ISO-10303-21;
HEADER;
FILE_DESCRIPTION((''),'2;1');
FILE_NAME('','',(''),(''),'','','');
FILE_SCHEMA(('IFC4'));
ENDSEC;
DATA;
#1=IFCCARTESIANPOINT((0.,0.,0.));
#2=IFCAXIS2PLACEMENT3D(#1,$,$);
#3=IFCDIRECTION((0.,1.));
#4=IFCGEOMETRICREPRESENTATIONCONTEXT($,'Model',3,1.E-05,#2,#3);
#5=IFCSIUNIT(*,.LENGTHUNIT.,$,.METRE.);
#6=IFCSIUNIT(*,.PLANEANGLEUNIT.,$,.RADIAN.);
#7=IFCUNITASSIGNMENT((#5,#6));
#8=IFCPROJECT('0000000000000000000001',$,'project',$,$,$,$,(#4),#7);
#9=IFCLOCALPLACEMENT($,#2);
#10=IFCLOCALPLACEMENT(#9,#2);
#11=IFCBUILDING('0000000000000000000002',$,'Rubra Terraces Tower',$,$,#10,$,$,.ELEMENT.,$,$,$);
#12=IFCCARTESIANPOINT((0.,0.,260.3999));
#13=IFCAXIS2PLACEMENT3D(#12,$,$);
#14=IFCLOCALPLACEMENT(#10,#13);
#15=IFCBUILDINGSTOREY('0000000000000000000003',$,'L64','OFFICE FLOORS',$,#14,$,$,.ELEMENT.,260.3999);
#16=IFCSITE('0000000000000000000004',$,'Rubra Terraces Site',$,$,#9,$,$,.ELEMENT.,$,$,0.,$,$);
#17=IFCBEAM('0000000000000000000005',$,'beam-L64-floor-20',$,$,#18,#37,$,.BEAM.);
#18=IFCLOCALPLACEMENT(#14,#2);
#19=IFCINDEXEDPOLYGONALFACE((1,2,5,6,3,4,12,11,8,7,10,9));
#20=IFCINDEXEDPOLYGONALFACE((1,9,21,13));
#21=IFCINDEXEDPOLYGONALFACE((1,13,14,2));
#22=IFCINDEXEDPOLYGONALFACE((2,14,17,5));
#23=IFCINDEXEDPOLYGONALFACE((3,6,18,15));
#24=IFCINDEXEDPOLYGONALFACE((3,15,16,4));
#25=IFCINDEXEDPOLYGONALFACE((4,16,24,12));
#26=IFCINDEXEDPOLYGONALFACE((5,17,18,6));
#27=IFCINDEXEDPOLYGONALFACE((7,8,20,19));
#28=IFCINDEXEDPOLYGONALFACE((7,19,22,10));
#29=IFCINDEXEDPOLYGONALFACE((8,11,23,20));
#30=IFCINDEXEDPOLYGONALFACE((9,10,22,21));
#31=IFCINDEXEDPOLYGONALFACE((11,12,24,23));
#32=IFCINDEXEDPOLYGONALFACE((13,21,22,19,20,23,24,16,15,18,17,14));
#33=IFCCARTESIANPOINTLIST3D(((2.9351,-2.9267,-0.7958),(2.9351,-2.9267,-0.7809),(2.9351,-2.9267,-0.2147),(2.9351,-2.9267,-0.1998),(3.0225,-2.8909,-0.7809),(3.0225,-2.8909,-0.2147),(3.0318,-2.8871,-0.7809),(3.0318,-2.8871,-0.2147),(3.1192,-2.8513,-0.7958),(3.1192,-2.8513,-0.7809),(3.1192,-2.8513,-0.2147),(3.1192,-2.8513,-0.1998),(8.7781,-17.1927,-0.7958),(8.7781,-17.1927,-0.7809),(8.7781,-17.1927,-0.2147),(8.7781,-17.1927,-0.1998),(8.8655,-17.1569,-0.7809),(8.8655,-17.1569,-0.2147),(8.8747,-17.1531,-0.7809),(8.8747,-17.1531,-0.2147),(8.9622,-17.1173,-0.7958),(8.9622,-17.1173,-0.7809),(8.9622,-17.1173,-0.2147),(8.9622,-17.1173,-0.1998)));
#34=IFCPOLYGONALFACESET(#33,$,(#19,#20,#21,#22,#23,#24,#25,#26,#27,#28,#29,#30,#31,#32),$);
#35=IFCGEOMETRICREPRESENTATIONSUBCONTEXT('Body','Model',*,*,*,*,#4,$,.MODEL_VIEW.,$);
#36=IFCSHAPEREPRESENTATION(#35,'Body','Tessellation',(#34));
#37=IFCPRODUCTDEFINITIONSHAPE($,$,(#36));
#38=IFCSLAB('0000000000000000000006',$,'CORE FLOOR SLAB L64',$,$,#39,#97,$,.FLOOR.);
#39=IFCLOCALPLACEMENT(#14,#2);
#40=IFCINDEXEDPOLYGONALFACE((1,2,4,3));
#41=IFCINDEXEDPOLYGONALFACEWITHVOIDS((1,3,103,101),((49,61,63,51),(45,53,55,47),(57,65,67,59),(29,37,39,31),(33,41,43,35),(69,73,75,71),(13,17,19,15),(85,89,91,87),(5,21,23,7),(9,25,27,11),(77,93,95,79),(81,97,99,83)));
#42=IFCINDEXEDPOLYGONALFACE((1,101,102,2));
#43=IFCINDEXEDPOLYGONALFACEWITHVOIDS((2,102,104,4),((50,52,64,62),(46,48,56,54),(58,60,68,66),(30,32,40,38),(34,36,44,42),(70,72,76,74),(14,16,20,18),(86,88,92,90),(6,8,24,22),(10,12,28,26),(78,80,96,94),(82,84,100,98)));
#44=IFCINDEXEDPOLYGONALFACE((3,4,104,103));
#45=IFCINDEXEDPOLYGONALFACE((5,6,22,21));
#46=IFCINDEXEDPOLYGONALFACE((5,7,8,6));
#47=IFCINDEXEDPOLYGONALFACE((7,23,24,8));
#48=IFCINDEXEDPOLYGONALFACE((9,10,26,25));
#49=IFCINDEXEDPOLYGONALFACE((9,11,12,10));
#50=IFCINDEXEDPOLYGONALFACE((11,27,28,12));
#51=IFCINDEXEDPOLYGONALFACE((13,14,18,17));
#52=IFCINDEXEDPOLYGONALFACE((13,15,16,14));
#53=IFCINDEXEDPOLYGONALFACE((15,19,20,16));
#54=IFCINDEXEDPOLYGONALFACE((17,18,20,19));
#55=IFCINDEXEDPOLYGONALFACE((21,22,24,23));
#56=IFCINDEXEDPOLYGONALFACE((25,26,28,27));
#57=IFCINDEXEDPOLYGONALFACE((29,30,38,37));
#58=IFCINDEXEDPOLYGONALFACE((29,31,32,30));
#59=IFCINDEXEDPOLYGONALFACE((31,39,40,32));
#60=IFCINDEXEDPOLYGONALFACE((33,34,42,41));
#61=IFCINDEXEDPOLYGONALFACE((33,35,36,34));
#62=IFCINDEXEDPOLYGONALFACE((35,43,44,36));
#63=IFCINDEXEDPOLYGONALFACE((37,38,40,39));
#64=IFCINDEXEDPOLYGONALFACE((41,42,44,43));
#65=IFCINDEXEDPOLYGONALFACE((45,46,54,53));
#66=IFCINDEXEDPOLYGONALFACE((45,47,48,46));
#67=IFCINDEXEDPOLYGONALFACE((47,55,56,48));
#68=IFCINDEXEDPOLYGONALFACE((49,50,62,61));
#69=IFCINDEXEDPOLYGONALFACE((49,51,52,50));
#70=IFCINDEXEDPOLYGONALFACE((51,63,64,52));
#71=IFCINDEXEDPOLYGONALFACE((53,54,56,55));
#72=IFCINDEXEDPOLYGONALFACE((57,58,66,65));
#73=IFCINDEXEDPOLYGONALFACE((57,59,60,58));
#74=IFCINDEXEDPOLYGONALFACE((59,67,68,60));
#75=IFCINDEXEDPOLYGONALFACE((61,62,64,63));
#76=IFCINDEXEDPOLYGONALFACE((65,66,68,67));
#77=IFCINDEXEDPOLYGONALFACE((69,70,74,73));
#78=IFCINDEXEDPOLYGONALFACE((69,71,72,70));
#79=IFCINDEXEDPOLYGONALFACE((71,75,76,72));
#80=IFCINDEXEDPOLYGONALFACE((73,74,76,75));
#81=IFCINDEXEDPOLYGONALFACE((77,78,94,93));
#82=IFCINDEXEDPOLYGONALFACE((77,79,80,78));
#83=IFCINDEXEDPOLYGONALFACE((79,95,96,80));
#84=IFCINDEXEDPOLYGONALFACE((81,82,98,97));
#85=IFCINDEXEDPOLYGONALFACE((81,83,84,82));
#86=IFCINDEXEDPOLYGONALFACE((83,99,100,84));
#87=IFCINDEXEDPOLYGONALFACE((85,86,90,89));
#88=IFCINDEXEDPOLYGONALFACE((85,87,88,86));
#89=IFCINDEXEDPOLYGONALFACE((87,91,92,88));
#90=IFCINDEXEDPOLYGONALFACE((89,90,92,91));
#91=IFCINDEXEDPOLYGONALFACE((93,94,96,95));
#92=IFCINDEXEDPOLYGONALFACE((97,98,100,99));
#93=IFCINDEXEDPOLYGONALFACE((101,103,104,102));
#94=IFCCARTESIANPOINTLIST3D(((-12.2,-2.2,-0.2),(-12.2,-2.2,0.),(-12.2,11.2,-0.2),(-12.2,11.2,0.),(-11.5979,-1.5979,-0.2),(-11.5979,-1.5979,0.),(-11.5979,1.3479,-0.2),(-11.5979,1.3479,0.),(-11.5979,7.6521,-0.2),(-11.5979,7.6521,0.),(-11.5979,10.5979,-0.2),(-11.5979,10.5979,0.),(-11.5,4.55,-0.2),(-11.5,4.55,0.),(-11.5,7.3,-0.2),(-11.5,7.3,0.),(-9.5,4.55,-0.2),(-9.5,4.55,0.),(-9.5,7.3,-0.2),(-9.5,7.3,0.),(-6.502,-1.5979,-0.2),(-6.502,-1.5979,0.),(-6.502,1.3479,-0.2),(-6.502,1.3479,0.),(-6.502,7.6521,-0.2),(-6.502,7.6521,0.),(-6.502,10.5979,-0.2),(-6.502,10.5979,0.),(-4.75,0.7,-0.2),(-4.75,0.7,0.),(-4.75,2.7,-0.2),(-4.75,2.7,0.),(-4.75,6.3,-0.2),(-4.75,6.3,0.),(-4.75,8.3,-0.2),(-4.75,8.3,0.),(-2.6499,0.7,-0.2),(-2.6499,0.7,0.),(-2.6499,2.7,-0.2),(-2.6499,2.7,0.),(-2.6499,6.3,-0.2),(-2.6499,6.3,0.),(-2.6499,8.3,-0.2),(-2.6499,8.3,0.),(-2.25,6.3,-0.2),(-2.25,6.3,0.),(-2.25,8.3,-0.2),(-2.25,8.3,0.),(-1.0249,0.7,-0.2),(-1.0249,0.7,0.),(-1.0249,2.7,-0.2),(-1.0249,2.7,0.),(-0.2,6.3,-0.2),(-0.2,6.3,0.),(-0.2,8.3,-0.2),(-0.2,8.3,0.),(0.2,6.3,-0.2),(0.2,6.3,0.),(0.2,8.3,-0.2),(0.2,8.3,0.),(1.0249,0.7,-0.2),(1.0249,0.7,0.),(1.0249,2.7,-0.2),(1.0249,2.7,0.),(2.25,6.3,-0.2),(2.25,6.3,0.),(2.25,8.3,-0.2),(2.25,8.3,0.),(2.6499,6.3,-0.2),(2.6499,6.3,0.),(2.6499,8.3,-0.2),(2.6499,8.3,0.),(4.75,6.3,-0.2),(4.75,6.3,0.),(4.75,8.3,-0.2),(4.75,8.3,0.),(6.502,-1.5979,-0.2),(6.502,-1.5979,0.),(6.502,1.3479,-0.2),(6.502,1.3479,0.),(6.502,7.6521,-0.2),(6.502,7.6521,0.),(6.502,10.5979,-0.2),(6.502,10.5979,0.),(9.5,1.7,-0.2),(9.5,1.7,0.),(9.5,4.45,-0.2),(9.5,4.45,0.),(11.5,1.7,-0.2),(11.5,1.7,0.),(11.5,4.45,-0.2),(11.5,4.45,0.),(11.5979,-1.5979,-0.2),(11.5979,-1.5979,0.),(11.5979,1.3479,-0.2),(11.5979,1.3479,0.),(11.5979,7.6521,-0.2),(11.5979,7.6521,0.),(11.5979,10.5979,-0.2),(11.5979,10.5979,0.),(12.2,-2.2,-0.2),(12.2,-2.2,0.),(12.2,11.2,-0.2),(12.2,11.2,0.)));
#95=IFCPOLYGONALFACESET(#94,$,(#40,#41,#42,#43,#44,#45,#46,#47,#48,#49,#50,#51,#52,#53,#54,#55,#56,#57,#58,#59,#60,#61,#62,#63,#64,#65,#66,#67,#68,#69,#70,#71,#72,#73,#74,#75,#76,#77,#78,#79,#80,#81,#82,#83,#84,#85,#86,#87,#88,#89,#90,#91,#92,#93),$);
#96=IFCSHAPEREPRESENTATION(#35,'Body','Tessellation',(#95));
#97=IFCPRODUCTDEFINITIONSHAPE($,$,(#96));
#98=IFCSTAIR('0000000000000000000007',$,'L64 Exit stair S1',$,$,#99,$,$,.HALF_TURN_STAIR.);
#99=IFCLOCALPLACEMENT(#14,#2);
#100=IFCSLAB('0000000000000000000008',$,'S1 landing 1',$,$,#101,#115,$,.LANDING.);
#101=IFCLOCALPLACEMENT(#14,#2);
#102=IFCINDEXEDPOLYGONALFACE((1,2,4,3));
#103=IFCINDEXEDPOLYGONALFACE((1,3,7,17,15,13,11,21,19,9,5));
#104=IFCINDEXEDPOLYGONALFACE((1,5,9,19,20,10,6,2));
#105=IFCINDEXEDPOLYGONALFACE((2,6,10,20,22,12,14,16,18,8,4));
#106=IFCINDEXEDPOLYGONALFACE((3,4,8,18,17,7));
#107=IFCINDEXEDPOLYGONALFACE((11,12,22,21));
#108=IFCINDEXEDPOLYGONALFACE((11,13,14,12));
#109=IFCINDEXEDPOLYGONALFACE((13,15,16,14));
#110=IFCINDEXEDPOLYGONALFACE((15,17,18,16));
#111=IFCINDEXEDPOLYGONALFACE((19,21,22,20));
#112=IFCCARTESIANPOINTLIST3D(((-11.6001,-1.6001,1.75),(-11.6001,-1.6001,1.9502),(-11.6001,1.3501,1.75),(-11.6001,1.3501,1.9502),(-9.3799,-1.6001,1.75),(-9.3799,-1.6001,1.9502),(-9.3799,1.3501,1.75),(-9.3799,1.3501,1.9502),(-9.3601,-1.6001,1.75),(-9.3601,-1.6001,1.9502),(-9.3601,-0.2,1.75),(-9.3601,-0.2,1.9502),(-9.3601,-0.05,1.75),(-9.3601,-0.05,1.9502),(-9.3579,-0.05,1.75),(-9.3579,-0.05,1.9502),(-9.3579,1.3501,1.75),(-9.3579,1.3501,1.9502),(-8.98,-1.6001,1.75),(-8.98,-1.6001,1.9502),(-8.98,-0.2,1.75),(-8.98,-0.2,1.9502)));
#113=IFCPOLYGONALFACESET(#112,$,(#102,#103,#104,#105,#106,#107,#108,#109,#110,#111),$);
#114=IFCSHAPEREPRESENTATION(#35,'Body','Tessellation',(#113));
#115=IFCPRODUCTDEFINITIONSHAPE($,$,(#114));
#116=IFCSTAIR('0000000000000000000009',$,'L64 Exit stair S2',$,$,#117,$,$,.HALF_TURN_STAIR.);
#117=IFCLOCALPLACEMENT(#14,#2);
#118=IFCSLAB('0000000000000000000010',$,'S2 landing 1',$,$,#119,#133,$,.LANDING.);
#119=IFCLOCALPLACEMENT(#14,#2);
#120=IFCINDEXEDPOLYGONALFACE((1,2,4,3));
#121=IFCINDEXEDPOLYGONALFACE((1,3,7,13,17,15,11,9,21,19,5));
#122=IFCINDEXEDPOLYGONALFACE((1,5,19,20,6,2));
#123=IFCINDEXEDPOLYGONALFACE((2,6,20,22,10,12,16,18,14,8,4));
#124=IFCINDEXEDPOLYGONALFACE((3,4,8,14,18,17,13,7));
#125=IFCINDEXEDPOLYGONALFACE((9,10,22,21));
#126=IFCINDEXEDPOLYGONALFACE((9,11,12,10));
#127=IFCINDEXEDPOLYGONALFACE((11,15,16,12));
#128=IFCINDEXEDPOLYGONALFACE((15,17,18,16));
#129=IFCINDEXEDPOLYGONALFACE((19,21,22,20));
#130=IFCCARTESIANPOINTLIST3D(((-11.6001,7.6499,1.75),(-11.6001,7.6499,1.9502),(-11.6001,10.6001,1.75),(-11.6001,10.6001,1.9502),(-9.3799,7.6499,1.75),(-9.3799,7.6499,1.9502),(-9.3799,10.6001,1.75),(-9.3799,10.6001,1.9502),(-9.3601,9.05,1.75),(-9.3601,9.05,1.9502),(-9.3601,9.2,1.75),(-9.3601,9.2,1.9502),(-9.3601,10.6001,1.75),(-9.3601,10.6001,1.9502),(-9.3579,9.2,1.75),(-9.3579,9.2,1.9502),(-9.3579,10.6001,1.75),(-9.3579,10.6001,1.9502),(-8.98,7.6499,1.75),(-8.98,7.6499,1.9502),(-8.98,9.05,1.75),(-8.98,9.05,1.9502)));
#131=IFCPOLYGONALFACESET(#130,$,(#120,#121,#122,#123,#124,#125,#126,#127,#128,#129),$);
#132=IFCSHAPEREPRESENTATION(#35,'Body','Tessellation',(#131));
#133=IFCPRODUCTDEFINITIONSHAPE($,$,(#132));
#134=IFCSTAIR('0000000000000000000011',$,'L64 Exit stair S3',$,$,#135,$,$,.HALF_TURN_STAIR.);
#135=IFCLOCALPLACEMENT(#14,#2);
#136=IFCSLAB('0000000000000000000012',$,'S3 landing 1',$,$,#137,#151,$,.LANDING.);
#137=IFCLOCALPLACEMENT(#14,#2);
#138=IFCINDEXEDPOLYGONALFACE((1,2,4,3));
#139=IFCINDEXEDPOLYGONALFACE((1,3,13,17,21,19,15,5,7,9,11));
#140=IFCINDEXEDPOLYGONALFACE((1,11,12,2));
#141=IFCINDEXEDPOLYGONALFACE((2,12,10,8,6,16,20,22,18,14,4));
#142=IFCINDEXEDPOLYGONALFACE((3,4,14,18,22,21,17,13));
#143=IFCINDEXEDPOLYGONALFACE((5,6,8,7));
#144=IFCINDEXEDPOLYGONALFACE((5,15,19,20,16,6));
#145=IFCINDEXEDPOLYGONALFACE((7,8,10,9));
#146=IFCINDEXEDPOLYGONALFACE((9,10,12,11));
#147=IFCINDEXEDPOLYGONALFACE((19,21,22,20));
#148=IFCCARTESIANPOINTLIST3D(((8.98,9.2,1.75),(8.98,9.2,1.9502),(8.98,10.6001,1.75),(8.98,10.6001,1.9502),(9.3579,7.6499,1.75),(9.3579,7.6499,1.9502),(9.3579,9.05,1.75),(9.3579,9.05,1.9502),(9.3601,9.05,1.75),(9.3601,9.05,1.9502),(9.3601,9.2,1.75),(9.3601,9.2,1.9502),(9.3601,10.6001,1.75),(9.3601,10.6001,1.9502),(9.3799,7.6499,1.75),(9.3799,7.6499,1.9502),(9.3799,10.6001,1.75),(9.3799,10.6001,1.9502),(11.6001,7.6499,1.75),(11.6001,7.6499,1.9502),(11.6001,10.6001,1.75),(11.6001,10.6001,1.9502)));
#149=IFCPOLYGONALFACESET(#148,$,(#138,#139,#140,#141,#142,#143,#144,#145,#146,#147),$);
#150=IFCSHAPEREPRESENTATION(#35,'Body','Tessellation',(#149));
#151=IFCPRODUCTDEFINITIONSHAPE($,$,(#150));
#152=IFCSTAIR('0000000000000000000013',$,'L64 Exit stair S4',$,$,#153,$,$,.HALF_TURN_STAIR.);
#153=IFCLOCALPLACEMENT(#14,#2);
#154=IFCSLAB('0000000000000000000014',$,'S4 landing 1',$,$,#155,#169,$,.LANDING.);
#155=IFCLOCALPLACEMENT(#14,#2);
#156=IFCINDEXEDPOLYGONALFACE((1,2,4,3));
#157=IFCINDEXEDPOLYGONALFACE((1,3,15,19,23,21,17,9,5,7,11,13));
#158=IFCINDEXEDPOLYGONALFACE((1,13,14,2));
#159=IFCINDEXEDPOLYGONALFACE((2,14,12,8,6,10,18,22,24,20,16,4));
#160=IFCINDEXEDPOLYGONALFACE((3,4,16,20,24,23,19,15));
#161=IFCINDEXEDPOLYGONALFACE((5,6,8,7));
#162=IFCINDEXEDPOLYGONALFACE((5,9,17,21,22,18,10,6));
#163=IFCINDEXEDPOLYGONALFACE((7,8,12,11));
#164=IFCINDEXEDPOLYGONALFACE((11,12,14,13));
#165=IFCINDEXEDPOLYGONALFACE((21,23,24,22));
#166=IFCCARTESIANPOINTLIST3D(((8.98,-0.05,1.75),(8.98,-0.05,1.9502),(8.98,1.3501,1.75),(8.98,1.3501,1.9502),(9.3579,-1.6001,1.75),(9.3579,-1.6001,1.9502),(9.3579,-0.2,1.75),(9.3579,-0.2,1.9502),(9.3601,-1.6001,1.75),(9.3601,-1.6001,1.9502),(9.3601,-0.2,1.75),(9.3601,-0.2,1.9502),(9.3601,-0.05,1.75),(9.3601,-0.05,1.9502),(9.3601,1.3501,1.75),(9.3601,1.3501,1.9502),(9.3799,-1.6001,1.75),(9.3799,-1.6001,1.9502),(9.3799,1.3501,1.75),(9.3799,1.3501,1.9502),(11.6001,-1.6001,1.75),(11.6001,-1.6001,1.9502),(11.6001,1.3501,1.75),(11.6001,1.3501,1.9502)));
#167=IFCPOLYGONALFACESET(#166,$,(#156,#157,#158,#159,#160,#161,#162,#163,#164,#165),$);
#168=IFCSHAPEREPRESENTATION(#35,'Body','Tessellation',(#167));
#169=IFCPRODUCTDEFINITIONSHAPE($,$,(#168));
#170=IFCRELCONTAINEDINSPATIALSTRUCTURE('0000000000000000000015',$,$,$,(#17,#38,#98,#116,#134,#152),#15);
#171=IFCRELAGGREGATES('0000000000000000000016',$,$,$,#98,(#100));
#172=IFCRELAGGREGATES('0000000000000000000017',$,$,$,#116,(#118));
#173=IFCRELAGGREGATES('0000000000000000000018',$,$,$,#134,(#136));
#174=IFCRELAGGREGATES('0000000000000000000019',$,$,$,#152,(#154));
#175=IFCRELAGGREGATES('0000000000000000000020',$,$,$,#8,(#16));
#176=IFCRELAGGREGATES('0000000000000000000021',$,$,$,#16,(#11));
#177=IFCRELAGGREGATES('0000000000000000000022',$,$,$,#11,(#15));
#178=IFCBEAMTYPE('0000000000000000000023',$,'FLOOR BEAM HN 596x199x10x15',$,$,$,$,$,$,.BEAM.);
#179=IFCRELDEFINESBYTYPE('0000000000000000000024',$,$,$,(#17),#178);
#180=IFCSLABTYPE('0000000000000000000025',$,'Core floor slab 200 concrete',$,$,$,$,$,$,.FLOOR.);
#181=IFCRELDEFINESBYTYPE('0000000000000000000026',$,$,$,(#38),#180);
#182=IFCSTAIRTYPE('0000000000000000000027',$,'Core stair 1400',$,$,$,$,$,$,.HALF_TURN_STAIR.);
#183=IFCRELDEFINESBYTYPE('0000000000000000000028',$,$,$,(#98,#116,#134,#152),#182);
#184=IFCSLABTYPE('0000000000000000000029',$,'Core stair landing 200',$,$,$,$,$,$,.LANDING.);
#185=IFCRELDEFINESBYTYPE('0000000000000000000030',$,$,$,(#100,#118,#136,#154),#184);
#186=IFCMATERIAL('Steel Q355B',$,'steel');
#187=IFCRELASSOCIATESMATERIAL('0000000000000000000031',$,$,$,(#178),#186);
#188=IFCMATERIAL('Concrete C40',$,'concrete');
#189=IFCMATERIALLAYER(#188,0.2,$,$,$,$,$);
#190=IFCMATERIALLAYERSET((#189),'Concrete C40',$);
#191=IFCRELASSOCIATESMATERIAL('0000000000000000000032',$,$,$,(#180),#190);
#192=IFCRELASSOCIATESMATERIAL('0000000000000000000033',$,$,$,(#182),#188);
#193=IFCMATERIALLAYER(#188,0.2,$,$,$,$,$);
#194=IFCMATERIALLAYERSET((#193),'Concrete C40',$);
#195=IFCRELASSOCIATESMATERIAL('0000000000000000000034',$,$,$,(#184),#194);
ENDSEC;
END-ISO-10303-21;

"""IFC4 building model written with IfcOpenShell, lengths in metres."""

from ifc_helpers import new_model, si_unit, direction, frame, origin, origin_2d, place, context, subcontext, project, spatial, polyline, i_section, outline, extrude, material, layer, layer_set, material_profile, profile_set, type_object, element, aggregate, save


model = new_model("IFC4")

# Units and contexts
model_context = context("Model", 3, precision=1e-05, world=origin(), true_north=direction((0.0, 1.0)))
body_context = subcontext(model_context, "Body", "Model", "MODEL_VIEW")
ifc_project = project(units=[si_unit("LENGTHUNIT", "METRE"), si_unit("PLANEANGLEUNIT", "RADIAN")], contexts=[model_context])

# Site, building, storey
site_placement = place(None, origin())
site = spatial("IfcSite", under=ifc_project, at=site_placement, Name="Rubra Terraces Site", CompositionType="ELEMENT", RefElevation=0.0)
building_placement = place(site_placement, origin())
building = spatial("IfcBuilding", under=site, at=building_placement, Name="Rubra Terraces Tower", CompositionType="ELEMENT")
storey_placement = place(building_placement, frame((0.0, 0.0, 260.3999)))
storey = spatial("IfcBuildingStorey", under=building, at=storey_placement, Name="L64", Description="OFFICE FLOORS", CompositionType="ELEMENT", Elevation=260.3999)

# Beam
ifc_material_1 = material(Name="Steel Q355B", Category="steel")
ifc_material_profile = material_profile(ifc_material_1, i_section(OverallWidth=0.199, OverallDepth=0.5959, WebThickness=0.01, FlangeThickness=0.0149, at=origin_2d()), Name="HN 596x199x10x15")
ifc_profile_set = profile_set([ifc_material_profile], Name="Steel Q355B")
beam_type = type_object("IfcBeamType", Name="FLOOR BEAM HN 596x199x10x15", PredefinedType="BEAM", material=ifc_profile_set)
beam_placement = place(storey_placement, frame((8.8701, -17.155, -0.4978), z_axis=(-0.379015, 0.92539, 0.0), x_axis=(-0.92539, -0.379015, 0.0)))
element("IfcBeam", 1, at=beam_placement, inside=storey, type_object=beam_type, Name="beam-L64-floor-20", PredefinedType="BEAM", context=body_context, shape_type="SweptSolid", body=[
    extrude(i_section(OverallWidth=0.199, OverallDepth=0.5959, WebThickness=0.01, FlangeThickness=0.0149, at=origin_2d()), origin(), (0.0, 0.0, 1.0), 15.4163),
])

# Slab
ifc_material_2 = material(Name="Concrete C40", Category="concrete")
ifc_layer_1 = layer(ifc_material_2, 0.2)
ifc_layer_set_1 = layer_set([ifc_layer_1], Name="Concrete C40")
slab_type_1 = type_object("IfcSlabType", Name="Core floor slab 200 concrete", PredefinedType="FLOOR", material=ifc_layer_set_1)
slab_1_placement = place(storey_placement, frame((0.0, 0.0, -0.2)))
element("IfcSlab", 2, at=slab_1_placement, inside=storey, type_object=slab_type_1, Name="CORE FLOOR SLAB L64", PredefinedType="FLOOR", context=body_context, shape_type="SweptSolid", body=[
    extrude(outline(polyline([(-12.2, -2.2), (-12.2, 11.2), (12.2, 11.2), (12.2, -2.2), (-12.2, -2.2)]), holes=[polyline([(11.5979, 1.3479), (6.502, 1.3479), (6.502, -1.5979), (11.5979, -1.5979), (11.5979, 1.3479)]), polyline([(11.5979, 7.6521), (11.5979, 10.5979), (6.502, 10.5979), (6.502, 7.6521), (11.5979, 7.6521)]), polyline([(9.5, 1.7), (11.5, 1.7), (11.5, 4.45), (9.5, 4.45), (9.5, 1.7)]), polyline([(4.75, 6.3), (4.75, 8.3), (2.6499, 8.3), (2.6499, 6.3), (4.75, 6.3)]), polyline([(2.25, 8.3), (0.2, 8.3), (0.2, 6.3), (2.25, 6.3), (2.25, 8.3)]), polyline([(1.0249, 0.7), (1.0249, 2.7), (-1.0249, 2.7), (-1.0249, 0.7), (1.0249, 0.7)]), polyline([(-0.2, 6.3), (-0.2, 8.3), (-2.25, 8.3), (-2.25, 6.3), (-0.2, 6.3)]), polyline([(-4.75, 8.3), (-4.75, 6.3), (-2.6499, 6.3), (-2.6499, 8.3), (-4.75, 8.3)]), polyline([(-2.6499, 0.7), (-2.6499, 2.7), (-4.75, 2.7), (-4.75, 0.7), (-2.6499, 0.7)]), polyline([(-11.5979, -1.5979), (-6.502, -1.5979), (-6.502, 1.3479), (-11.5979, 1.3479), (-11.5979, -1.5979)]), polyline([(-11.5979, 10.5979), (-11.5979, 7.6521), (-6.502, 7.6521), (-6.502, 10.5979), (-11.5979, 10.5979)]), polyline([(-9.5, 4.55), (-9.5, 7.3), (-11.5, 7.3), (-11.5, 4.55), (-9.5, 4.55)])]), origin(), (0.0, 0.0, 1.0), 0.2),
])

# Stairs, slabs
stair_type = type_object("IfcStairType", Name="Core stair 1400", PredefinedType="HALF_TURN_STAIR", material=ifc_material_2)
stair_1_placement = place(storey_placement, origin())
stair_1 = element("IfcStair", 3, at=stair_1_placement, inside=storey, type_object=stair_type, Name="L64 Exit stair S1", PredefinedType="HALF_TURN_STAIR")
ifc_layer_2 = layer(ifc_material_2, 0.2)
ifc_layer_set_2 = layer_set([ifc_layer_2], Name="Concrete C40")
slab_type_2 = type_object("IfcSlabType", Name="Core stair landing 200", PredefinedType="LANDING", material=ifc_layer_set_2)
slab_2_placement = place(storey_placement, frame((0.0, 0.0, 1.75)))
slab_2 = element("IfcSlab", 4, at=slab_2_placement, type_object=slab_type_2, Name="S1 landing 1", PredefinedType="LANDING", context=body_context, shape_type="SweptSolid", body=[
    extrude(outline(polyline([(-8.98, -0.2), (-8.98, -1.6001), (-9.3601, -1.6001), (-9.3799, -1.6001), (-11.6001, -1.6001), (-11.6001, 1.3501), (-9.3799, 1.3501), (-9.3579, 1.3501), (-9.3579, -0.05), (-9.3601, -0.05), (-9.3601, -0.2), (-8.98, -0.2)])), origin(), (0.0, 0.0, 1.0), 0.2002),
])
aggregate(stair_1, [slab_2])
stair_2_placement = place(storey_placement, origin())
stair_2 = element("IfcStair", 5, at=stair_2_placement, inside=storey, type_object=stair_type, Name="L64 Exit stair S2", PredefinedType="HALF_TURN_STAIR")
slab_3_placement = place(storey_placement, frame((0.0, 0.0, 1.75)))
slab_3 = element("IfcSlab", 6, at=slab_3_placement, type_object=slab_type_2, Name="S2 landing 1", PredefinedType="LANDING", context=body_context, shape_type="SweptSolid", body=[
    extrude(outline(polyline([(-8.98, 9.05), (-8.98, 7.6499), (-9.3799, 7.6499), (-11.6001, 7.6499), (-11.6001, 10.6001), (-9.3799, 10.6001), (-9.3601, 10.6001), (-9.3579, 10.6001), (-9.3579, 9.2), (-9.3601, 9.2), (-9.3601, 9.05), (-8.98, 9.05)])), origin(), (0.0, 0.0, 1.0), 0.2002),
])
aggregate(stair_2, [slab_3])
stair_3_placement = place(storey_placement, origin())
stair_3 = element("IfcStair", 7, at=stair_3_placement, inside=storey, type_object=stair_type, Name="L64 Exit stair S3", PredefinedType="HALF_TURN_STAIR")
slab_4_placement = place(storey_placement, frame((0.0, 0.0, 1.75)))
slab_4 = element("IfcSlab", 8, at=slab_4_placement, type_object=slab_type_2, Name="S3 landing 1", PredefinedType="LANDING", context=body_context, shape_type="SweptSolid", body=[
    extrude(outline(polyline([(9.3601, 9.05), (9.3601, 9.2), (8.98, 9.2), (8.98, 10.6001), (9.3601, 10.6001), (9.3799, 10.6001), (11.6001, 10.6001), (11.6001, 7.6499), (9.3799, 7.6499), (9.3579, 7.6499), (9.3579, 9.05), (9.3601, 9.05)])), origin(), (0.0, 0.0, 1.0), 0.2002),
])
aggregate(stair_3, [slab_4])
stair_4_placement = place(storey_placement, origin())
stair_4 = element("IfcStair", 9, at=stair_4_placement, inside=storey, type_object=stair_type, Name="L64 Exit stair S4", PredefinedType="HALF_TURN_STAIR")
slab_5_placement = place(storey_placement, frame((0.0, 0.0, 1.75)))
slab_5 = element("IfcSlab", 10, at=slab_5_placement, type_object=slab_type_2, Name="S4 landing 1", PredefinedType="LANDING", context=body_context, shape_type="SweptSolid", body=[
    extrude(outline(polyline([(9.3601, -0.2), (9.3601, -0.05), (8.98, -0.05), (8.98, 1.3501), (9.3601, 1.3501), (9.3799, 1.3501), (11.6001, 1.3501), (11.6001, -1.6001), (9.3799, -1.6001), (9.3601, -1.6001), (9.3579, -1.6001), (9.3579, -0.2), (9.3601, -0.2)])), origin(), (0.0, 0.0, 1.0), 0.2002),
])

aggregate(stair_4, [slab_5])

save(model, "model.ifc")
